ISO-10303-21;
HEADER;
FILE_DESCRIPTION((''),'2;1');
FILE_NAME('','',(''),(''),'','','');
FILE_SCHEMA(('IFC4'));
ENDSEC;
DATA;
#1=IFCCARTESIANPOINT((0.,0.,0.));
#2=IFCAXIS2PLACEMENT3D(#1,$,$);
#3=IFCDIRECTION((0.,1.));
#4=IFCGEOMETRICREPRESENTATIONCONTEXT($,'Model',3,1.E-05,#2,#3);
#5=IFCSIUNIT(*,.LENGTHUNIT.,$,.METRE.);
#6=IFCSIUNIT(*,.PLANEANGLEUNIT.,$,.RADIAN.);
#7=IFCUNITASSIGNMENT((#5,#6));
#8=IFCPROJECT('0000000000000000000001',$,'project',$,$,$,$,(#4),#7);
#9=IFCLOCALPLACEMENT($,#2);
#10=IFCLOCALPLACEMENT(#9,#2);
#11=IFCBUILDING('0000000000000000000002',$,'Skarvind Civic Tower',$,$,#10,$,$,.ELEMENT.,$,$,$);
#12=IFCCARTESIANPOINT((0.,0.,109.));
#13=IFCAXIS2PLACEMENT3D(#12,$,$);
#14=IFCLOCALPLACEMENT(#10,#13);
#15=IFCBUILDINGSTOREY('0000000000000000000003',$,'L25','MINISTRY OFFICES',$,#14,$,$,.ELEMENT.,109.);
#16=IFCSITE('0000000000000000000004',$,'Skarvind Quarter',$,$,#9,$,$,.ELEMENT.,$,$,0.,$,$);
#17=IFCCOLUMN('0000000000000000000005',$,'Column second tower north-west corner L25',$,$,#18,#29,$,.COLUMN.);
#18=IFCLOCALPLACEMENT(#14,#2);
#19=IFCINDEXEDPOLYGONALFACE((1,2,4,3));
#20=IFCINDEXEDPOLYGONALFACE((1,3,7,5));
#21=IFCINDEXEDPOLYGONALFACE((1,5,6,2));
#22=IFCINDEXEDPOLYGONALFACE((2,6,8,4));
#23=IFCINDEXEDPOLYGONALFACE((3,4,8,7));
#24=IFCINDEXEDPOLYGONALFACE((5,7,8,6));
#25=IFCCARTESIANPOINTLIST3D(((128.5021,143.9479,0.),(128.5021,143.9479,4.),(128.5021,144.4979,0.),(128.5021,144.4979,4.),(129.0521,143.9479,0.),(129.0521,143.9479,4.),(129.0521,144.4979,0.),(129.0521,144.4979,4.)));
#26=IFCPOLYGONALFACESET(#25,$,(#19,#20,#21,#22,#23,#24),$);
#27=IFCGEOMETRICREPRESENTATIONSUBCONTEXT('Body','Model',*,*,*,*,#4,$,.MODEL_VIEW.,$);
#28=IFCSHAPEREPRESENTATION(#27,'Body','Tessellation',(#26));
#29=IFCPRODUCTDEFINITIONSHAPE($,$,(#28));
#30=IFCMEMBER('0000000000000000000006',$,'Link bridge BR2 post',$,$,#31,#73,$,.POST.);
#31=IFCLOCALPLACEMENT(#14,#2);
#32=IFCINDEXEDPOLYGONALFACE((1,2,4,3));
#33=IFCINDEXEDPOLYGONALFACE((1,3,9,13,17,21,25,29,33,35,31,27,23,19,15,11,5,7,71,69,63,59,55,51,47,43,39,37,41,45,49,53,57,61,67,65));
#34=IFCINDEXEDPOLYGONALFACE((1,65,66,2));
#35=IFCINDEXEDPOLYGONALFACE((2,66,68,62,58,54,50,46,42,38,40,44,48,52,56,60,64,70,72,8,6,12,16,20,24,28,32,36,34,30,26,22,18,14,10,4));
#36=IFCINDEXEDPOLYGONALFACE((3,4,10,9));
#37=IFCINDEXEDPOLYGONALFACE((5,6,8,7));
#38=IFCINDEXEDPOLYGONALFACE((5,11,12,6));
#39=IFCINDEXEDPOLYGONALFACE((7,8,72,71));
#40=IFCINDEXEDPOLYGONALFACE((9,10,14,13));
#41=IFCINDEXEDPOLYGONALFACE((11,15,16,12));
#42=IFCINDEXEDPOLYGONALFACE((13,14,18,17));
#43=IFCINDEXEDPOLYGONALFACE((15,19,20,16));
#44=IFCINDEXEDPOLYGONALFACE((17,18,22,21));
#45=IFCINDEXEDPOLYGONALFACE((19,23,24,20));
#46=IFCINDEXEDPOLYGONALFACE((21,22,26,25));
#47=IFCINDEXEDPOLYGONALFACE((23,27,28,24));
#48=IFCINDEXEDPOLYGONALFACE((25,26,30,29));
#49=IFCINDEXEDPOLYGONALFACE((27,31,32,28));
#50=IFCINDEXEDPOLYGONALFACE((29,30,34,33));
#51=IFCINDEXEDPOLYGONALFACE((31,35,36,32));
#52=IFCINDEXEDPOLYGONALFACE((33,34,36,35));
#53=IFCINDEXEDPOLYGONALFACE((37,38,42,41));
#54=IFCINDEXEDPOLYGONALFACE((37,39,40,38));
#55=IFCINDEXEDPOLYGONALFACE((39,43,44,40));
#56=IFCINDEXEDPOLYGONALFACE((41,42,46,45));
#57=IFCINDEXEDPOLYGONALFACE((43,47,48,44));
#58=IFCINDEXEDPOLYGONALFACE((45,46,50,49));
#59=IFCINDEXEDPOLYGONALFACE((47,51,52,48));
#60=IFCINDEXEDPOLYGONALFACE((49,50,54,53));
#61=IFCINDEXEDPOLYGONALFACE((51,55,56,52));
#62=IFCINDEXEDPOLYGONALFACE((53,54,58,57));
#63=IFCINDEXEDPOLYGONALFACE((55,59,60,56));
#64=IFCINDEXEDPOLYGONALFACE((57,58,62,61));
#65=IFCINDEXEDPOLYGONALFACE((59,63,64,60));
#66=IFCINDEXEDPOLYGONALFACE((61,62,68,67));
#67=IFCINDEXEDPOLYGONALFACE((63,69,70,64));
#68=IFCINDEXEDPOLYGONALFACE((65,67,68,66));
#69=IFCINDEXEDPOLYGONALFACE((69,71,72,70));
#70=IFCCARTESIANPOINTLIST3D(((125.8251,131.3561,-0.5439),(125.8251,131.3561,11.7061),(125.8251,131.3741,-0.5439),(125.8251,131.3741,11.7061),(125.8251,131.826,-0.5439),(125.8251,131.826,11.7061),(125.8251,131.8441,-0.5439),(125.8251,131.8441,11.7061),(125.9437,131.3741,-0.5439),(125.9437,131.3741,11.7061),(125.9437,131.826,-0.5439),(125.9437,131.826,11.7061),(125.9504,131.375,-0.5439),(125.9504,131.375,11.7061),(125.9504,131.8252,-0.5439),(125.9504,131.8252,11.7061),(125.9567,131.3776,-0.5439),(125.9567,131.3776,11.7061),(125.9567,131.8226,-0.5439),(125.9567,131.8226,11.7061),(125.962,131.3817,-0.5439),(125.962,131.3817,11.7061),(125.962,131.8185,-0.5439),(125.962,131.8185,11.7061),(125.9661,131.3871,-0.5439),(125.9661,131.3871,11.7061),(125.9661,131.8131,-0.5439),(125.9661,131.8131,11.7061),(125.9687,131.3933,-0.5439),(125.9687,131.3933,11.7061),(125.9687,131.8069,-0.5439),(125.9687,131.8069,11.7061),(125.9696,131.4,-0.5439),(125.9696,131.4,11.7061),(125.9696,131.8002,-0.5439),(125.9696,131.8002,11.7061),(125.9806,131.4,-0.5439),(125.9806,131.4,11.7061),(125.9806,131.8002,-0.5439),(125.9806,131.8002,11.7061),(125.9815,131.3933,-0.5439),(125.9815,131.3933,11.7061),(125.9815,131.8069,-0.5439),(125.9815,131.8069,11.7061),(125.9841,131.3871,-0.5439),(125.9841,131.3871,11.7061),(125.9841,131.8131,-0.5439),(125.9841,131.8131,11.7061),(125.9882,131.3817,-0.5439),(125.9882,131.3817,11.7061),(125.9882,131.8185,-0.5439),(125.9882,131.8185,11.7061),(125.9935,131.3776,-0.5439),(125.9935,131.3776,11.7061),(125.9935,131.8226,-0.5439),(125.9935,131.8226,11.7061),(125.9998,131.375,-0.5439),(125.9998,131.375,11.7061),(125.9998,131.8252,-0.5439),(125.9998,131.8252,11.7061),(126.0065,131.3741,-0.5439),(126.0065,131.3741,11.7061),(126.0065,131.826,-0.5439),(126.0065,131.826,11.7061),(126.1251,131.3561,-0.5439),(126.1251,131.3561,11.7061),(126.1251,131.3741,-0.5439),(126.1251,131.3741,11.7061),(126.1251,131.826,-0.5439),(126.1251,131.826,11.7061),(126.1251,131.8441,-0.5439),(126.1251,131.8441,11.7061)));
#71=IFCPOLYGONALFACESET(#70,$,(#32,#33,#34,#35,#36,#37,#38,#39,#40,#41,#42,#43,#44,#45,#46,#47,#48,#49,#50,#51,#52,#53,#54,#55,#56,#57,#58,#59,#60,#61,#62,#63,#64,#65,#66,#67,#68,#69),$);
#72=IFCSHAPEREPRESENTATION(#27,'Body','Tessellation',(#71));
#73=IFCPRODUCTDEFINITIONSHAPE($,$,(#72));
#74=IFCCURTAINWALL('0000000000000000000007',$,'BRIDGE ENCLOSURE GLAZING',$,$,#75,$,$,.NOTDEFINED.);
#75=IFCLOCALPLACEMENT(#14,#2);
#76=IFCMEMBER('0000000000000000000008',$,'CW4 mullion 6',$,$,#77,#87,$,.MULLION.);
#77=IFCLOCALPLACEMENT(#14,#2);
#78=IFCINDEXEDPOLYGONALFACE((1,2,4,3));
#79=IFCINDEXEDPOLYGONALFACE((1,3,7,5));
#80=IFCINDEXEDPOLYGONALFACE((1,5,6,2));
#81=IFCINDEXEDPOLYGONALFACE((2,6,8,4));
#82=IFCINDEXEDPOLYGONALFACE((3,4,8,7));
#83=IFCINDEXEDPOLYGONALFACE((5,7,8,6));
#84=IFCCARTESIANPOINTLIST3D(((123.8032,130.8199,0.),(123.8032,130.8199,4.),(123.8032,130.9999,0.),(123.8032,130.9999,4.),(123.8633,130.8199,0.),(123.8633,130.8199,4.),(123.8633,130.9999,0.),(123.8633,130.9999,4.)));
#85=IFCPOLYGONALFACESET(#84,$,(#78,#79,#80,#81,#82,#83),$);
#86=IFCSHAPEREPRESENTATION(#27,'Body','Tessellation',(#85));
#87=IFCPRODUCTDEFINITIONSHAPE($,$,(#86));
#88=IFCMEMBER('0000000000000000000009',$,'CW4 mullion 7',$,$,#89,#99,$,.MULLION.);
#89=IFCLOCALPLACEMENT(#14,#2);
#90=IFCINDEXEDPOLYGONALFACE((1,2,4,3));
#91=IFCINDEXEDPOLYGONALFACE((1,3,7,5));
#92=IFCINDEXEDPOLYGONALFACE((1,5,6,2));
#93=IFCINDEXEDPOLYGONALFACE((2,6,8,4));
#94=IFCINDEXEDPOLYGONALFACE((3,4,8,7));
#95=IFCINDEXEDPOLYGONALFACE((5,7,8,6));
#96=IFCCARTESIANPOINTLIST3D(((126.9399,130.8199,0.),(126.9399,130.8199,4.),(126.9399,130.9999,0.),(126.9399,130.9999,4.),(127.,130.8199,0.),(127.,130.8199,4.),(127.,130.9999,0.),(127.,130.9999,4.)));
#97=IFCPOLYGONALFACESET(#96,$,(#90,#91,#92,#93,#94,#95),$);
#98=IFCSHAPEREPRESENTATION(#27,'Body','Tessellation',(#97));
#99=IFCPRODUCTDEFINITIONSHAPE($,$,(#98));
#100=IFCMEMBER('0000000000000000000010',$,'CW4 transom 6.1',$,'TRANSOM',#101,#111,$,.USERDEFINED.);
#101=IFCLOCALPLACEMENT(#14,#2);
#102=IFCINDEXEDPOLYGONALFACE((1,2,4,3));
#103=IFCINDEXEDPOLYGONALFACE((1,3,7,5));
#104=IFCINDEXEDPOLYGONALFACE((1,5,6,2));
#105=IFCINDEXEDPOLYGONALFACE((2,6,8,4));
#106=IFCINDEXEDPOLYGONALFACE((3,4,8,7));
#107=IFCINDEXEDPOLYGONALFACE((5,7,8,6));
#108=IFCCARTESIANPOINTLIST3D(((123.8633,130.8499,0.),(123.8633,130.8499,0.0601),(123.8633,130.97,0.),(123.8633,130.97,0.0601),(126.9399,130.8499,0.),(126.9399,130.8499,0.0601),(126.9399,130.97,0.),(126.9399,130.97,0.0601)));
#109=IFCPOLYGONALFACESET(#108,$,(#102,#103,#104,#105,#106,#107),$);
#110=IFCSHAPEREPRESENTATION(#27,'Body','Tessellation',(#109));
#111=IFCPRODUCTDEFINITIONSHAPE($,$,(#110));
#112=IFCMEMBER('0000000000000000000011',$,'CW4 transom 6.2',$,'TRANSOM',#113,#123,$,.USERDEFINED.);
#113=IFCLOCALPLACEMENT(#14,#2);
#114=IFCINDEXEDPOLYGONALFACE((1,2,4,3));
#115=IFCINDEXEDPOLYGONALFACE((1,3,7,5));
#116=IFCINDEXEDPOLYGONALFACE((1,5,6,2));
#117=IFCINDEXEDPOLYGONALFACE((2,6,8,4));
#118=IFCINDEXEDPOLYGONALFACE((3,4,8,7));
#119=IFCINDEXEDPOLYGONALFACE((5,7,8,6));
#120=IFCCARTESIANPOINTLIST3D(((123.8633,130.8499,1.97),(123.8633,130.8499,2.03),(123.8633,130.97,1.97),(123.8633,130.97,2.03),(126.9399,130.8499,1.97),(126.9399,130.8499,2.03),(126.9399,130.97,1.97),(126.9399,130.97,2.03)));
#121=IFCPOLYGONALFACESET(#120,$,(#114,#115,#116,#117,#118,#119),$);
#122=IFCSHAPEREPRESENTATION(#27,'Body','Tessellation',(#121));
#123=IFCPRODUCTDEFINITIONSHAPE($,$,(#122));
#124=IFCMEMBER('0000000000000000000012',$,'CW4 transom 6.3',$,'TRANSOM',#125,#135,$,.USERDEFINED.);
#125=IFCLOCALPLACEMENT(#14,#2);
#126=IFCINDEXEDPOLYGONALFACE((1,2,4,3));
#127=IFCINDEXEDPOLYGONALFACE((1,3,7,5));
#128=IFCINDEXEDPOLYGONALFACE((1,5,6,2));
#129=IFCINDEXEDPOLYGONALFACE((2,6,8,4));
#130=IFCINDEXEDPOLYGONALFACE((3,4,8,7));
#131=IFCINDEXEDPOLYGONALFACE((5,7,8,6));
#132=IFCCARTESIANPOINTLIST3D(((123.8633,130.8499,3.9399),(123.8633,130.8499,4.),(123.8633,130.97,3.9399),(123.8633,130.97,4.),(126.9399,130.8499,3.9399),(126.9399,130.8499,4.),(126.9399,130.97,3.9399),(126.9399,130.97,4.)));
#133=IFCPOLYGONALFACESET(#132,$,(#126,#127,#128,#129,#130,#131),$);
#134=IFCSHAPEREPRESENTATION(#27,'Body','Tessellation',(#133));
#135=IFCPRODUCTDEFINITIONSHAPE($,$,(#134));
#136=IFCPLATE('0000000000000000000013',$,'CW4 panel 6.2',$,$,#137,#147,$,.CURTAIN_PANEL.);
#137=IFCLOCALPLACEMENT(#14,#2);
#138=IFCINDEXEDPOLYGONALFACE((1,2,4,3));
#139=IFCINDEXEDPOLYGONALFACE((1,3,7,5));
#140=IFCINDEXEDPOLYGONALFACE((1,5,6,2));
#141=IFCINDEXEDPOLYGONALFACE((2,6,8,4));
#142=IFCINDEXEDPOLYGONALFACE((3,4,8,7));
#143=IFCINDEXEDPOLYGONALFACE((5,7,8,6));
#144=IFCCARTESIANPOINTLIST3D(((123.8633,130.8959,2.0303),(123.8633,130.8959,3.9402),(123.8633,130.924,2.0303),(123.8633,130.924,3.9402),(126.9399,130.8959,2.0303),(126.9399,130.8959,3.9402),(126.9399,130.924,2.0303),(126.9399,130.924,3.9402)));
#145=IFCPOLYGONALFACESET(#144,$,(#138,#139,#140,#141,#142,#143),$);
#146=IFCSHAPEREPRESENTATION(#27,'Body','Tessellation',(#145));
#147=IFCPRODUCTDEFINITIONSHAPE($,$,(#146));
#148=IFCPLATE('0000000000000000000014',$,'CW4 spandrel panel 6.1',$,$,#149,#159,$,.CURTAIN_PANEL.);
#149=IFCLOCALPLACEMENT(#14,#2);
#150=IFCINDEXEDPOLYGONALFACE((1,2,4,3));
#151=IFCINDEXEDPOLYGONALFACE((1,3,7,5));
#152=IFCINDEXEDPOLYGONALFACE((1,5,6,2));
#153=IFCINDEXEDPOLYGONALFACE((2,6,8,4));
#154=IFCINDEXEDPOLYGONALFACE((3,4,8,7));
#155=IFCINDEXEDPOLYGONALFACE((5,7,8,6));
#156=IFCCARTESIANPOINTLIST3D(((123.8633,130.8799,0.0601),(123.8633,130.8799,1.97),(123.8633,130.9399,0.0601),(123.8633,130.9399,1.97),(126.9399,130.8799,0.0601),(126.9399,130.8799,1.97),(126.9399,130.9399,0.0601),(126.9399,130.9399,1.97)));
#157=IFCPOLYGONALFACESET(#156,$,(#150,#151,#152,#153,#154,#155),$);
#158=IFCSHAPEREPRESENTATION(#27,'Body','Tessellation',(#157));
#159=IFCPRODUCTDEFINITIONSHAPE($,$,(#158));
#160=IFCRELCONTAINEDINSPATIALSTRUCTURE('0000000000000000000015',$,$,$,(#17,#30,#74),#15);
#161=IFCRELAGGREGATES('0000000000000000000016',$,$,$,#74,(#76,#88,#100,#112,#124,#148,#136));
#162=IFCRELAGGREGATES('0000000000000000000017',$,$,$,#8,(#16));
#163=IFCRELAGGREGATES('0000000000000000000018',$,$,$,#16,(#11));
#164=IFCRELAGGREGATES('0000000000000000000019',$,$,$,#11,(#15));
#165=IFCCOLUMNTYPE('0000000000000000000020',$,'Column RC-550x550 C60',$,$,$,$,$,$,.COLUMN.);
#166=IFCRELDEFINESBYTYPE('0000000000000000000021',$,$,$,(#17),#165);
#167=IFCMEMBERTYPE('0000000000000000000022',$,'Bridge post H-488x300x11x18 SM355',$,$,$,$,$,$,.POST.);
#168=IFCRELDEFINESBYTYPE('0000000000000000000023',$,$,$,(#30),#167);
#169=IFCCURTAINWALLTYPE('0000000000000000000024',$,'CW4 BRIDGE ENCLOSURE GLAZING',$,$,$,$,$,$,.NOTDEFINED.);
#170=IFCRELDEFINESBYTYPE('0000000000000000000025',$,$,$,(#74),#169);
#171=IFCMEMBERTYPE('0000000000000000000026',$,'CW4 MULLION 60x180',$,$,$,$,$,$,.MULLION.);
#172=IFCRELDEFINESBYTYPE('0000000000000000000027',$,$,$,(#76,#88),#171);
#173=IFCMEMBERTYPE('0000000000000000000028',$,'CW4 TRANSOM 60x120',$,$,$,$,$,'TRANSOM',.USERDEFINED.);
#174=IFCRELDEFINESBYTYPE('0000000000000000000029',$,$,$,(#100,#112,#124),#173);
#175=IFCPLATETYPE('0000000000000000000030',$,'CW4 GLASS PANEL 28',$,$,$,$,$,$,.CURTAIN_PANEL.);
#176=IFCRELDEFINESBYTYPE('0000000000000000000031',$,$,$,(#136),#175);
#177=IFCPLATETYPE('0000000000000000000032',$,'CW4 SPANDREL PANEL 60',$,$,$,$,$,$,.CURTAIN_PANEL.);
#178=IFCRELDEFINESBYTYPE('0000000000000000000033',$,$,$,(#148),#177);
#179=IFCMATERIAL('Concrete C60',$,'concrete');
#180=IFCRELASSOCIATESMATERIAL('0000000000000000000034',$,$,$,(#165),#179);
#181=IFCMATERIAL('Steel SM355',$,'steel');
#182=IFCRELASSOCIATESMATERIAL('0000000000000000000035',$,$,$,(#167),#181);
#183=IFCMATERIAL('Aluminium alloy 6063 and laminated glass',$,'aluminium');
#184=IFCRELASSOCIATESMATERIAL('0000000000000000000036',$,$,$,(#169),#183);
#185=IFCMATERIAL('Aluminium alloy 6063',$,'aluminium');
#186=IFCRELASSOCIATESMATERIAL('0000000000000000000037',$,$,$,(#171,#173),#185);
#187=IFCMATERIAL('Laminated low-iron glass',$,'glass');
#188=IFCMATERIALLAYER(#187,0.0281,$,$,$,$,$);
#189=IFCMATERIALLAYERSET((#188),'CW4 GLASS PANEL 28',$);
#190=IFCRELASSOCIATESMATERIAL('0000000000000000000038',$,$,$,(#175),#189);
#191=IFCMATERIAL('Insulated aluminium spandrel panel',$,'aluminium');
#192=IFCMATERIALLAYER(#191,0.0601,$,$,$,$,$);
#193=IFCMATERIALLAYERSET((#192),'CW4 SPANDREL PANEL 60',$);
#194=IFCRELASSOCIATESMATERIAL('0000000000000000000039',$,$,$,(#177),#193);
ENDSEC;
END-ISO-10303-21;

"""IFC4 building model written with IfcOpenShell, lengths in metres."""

from ifc_helpers import new_model, si_unit, direction, frame, origin, origin_2d, place, context, subcontext, project, spatial, rectangle, i_section, extrude, material, layer, layer_set, material_profile, profile_set, type_object, element, aggregate, save


model = new_model("IFC4")

# Units and contexts
model_context = context("Model", 3, precision=1e-05, world=origin(), true_north=direction((0.0, 1.0)))
body_context = subcontext(model_context, "Body", "Model", "MODEL_VIEW")
ifc_project = project(units=[si_unit("LENGTHUNIT", "METRE"), si_unit("PLANEANGLEUNIT", "RADIAN")], contexts=[model_context])

# Site, building, storey
site_placement = place(None, origin())
site = spatial("IfcSite", under=ifc_project, at=site_placement, Name="Skarvind Quarter", CompositionType="ELEMENT", RefElevation=0.0)
building_placement = place(site_placement, origin())
building = spatial("IfcBuilding", under=site, at=building_placement, Name="Skarvind Civic Tower", CompositionType="ELEMENT")
storey_placement = place(building_placement, frame((0.0, 0.0, 109.0)))
storey = spatial("IfcBuildingStorey", under=building, at=storey_placement, Name="L25", Description="MINISTRY OFFICES", CompositionType="ELEMENT", Elevation=109.0)

# Column
ifc_material_1 = material(Name="Concrete C60", Category="concrete")
ifc_material_profile_1 = material_profile(ifc_material_1, rectangle(XDim=0.55, YDim=0.55, at=origin_2d()), Name="RC-550x550")
ifc_profile_set_1 = profile_set([ifc_material_profile_1], Name="Concrete C60")
column_type = type_object("IfcColumnType", Name="Column RC-550x550 C60", PredefinedType="COLUMN", material=ifc_profile_set_1)
column_placement = place(storey_placement, frame((128.7771, 144.2229, 0.0), z_axis=(0.0, 0.0, 1.0), x_axis=(1.0, 0.0, 0.0)))
element("IfcColumn", 1, at=column_placement, inside=storey, type_object=column_type, Name="Column second tower north-west corner L25", PredefinedType="COLUMN", context=body_context, shape_type="SweptSolid", body=[
    extrude(rectangle(XDim=0.55, YDim=0.55, at=origin_2d()), origin(), (0.0, 0.0, 1.0), 4.0),
])

# Member
ifc_material_2 = material(Name="Steel SM355", Category="steel")
ifc_material_profile_2 = material_profile(ifc_material_2, i_section(OverallWidth=0.3, OverallDepth=0.488, WebThickness=0.011, FlangeThickness=0.0181, FilletRadius=0.0259, at=origin_2d()), Name="H-488x300x11x18")
ifc_profile_set_2 = profile_set([ifc_material_profile_2], Name="Steel SM355")
member_type_1 = type_object("IfcMemberType", Name="Bridge post H-488x300x11x18 SM355", PredefinedType="POST", material=ifc_profile_set_2)
member_1_placement = place(storey_placement, frame((125.9751, 131.6001, -0.5439), z_axis=(0.0, 0.0, 1.0), x_axis=(1.0, 0.0, 0.0)))
element("IfcMember", 2, at=member_1_placement, inside=storey, type_object=member_type_1, Name="Link bridge BR2 post", PredefinedType="POST", context=body_context, shape_type="SweptSolid", body=[
    extrude(i_section(OverallWidth=0.3, OverallDepth=0.488, WebThickness=0.011, FlangeThickness=0.0181, FilletRadius=0.0259, at=origin_2d()), origin(), (0.0, 0.0, 1.0), 12.25),
])

# Curtain wall, members, plates
ifc_material_3 = material(Name="Aluminium alloy 6063 and laminated glass", Category="aluminium")
curtain_wall_type = type_object("IfcCurtainWallType", Name="CW4 BRIDGE ENCLOSURE GLAZING", PredefinedType="NOTDEFINED", material=ifc_material_3)
curtain_wall_placement = place(storey_placement, origin())
curtain_wall = element("IfcCurtainWall", 3, at=curtain_wall_placement, inside=storey, type_object=curtain_wall_type, Name="BRIDGE ENCLOSURE GLAZING", PredefinedType="NOTDEFINED")
ifc_material_4 = material(Name="Aluminium alloy 6063", Category="aluminium")
ifc_material_profile_3 = material_profile(ifc_material_4, rectangle(XDim=0.1799, YDim=0.0601, at=origin_2d()), Name="AL 60x180")
ifc_profile_set_3 = profile_set([ifc_material_profile_3], Name="Aluminium alloy 6063")
member_type_2 = type_object("IfcMemberType", Name="CW4 MULLION 60x180", PredefinedType="MULLION", material=ifc_profile_set_3)
member_2_placement = place(storey_placement, frame((123.8333, 130.9099, 0.0), z_axis=(0.0, 0.0, 1.0), x_axis=(0.0, 1.0, 0.0)))
member_2 = element("IfcMember", 4, at=member_2_placement, type_object=member_type_2, Name="CW4 mullion 6", PredefinedType="MULLION", context=body_context, shape_type="SweptSolid", body=[
    extrude(rectangle(XDim=0.1799, YDim=0.0601, at=origin_2d()), origin(), (0.0, 0.0, 1.0), 4.0),
])
member_3_placement = place(storey_placement, frame((126.97, 130.9099, 0.0), z_axis=(0.0, 0.0, 1.0), x_axis=(0.0, 1.0, 0.0)))
member_3 = element("IfcMember", 5, at=member_3_placement, type_object=member_type_2, Name="CW4 mullion 7", PredefinedType="MULLION", context=body_context, shape_type="SweptSolid", body=[
    extrude(rectangle(XDim=0.1799, YDim=0.0601, at=origin_2d()), origin(), (0.0, 0.0, 1.0), 4.0),
])
ifc_material_profile_4 = material_profile(ifc_material_4, rectangle(XDim=0.1201, YDim=0.0601, at=origin_2d()), Name="AL 60x120")
ifc_profile_set_4 = profile_set([ifc_material_profile_4], Name="Aluminium alloy 6063")
member_type_3 = type_object("IfcMemberType", Name="CW4 TRANSOM 60x120", ElementType="TRANSOM", PredefinedType="USERDEFINED", material=ifc_profile_set_4)
member_4_placement = place(storey_placement, frame((123.8633, 130.9099, 0.03), z_axis=(1.0, 0.0, 0.0), x_axis=(0.0, 1.0, 0.0)))
member_4 = element("IfcMember", 6, at=member_4_placement, type_object=member_type_3, Name="CW4 transom 6.1", ObjectType="TRANSOM", PredefinedType="USERDEFINED", context=body_context, shape_type="SweptSolid", body=[
    extrude(rectangle(XDim=0.1201, YDim=0.0601, at=origin_2d()), origin(), (0.0, 0.0, 1.0), 3.0767),
])
member_5_placement = place(storey_placement, frame((123.8633, 130.9099, 2.0), z_axis=(1.0, 0.0, 0.0), x_axis=(0.0, 1.0, 0.0)))
member_5 = element("IfcMember", 7, at=member_5_placement, type_object=member_type_3, Name="CW4 transom 6.2", ObjectType="TRANSOM", PredefinedType="USERDEFINED", context=body_context, shape_type="SweptSolid", body=[
    extrude(rectangle(XDim=0.1201, YDim=0.0601, at=origin_2d()), origin(), (0.0, 0.0, 1.0), 3.0767),
])
member_6_placement = place(storey_placement, frame((123.8633, 130.9099, 3.97), z_axis=(1.0, 0.0, 0.0), x_axis=(0.0, 1.0, 0.0)))
member_6 = element("IfcMember", 8, at=member_6_placement, type_object=member_type_3, Name="CW4 transom 6.3", ObjectType="TRANSOM", PredefinedType="USERDEFINED", context=body_context, shape_type="SweptSolid", body=[
    extrude(rectangle(XDim=0.1201, YDim=0.0601, at=origin_2d()), origin(), (0.0, 0.0, 1.0), 3.0767),
])
ifc_material_5 = material(Name="Laminated low-iron glass", Category="glass")
ifc_layer_1 = layer(ifc_material_5, 0.0281)
ifc_layer_set_1 = layer_set([ifc_layer_1], Name="CW4 GLASS PANEL 28")
plate_type_1 = type_object("IfcPlateType", Name="CW4 GLASS PANEL 28", PredefinedType="CURTAIN_PANEL", material=ifc_layer_set_1)
plate_1_placement = place(storey_placement, frame((125.4016, 130.9099, 2.0303), z_axis=(0.0, 0.0, 1.0), x_axis=(1.0, 0.0, 0.0)))
plate_1 = element("IfcPlate", 9, at=plate_1_placement, type_object=plate_type_1, Name="CW4 panel 6.2", PredefinedType="CURTAIN_PANEL", context=body_context, shape_type="SweptSolid", body=[
    extrude(rectangle(XDim=3.0767, YDim=0.0281, at=origin_2d()), origin(), (0.0, 0.0, 1.0), 1.9099),
])
ifc_material_6 = material(Name="Insulated aluminium spandrel panel", Category="aluminium")
ifc_layer_2 = layer(ifc_material_6, 0.0601)
ifc_layer_set_2 = layer_set([ifc_layer_2], Name="CW4 SPANDREL PANEL 60")
plate_type_2 = type_object("IfcPlateType", Name="CW4 SPANDREL PANEL 60", PredefinedType="CURTAIN_PANEL", material=ifc_layer_set_2)
plate_2_placement = place(storey_placement, frame((125.4016, 130.9099, 0.0601), z_axis=(0.0, 0.0, 1.0), x_axis=(1.0, 0.0, 0.0)))
plate_2 = element("IfcPlate", 10, at=plate_2_placement, type_object=plate_type_2, Name="CW4 spandrel panel 6.1", PredefinedType="CURTAIN_PANEL", context=body_context, shape_type="SweptSolid", body=[
    extrude(rectangle(XDim=3.0767, YDim=0.0601, at=origin_2d()), origin(), (0.0, 0.0, 1.0), 1.9099),
])
aggregate(curtain_wall, [member_2, member_3, member_4, member_5, member_6, plate_2, plate_1])

save(model, "model.ifc")
